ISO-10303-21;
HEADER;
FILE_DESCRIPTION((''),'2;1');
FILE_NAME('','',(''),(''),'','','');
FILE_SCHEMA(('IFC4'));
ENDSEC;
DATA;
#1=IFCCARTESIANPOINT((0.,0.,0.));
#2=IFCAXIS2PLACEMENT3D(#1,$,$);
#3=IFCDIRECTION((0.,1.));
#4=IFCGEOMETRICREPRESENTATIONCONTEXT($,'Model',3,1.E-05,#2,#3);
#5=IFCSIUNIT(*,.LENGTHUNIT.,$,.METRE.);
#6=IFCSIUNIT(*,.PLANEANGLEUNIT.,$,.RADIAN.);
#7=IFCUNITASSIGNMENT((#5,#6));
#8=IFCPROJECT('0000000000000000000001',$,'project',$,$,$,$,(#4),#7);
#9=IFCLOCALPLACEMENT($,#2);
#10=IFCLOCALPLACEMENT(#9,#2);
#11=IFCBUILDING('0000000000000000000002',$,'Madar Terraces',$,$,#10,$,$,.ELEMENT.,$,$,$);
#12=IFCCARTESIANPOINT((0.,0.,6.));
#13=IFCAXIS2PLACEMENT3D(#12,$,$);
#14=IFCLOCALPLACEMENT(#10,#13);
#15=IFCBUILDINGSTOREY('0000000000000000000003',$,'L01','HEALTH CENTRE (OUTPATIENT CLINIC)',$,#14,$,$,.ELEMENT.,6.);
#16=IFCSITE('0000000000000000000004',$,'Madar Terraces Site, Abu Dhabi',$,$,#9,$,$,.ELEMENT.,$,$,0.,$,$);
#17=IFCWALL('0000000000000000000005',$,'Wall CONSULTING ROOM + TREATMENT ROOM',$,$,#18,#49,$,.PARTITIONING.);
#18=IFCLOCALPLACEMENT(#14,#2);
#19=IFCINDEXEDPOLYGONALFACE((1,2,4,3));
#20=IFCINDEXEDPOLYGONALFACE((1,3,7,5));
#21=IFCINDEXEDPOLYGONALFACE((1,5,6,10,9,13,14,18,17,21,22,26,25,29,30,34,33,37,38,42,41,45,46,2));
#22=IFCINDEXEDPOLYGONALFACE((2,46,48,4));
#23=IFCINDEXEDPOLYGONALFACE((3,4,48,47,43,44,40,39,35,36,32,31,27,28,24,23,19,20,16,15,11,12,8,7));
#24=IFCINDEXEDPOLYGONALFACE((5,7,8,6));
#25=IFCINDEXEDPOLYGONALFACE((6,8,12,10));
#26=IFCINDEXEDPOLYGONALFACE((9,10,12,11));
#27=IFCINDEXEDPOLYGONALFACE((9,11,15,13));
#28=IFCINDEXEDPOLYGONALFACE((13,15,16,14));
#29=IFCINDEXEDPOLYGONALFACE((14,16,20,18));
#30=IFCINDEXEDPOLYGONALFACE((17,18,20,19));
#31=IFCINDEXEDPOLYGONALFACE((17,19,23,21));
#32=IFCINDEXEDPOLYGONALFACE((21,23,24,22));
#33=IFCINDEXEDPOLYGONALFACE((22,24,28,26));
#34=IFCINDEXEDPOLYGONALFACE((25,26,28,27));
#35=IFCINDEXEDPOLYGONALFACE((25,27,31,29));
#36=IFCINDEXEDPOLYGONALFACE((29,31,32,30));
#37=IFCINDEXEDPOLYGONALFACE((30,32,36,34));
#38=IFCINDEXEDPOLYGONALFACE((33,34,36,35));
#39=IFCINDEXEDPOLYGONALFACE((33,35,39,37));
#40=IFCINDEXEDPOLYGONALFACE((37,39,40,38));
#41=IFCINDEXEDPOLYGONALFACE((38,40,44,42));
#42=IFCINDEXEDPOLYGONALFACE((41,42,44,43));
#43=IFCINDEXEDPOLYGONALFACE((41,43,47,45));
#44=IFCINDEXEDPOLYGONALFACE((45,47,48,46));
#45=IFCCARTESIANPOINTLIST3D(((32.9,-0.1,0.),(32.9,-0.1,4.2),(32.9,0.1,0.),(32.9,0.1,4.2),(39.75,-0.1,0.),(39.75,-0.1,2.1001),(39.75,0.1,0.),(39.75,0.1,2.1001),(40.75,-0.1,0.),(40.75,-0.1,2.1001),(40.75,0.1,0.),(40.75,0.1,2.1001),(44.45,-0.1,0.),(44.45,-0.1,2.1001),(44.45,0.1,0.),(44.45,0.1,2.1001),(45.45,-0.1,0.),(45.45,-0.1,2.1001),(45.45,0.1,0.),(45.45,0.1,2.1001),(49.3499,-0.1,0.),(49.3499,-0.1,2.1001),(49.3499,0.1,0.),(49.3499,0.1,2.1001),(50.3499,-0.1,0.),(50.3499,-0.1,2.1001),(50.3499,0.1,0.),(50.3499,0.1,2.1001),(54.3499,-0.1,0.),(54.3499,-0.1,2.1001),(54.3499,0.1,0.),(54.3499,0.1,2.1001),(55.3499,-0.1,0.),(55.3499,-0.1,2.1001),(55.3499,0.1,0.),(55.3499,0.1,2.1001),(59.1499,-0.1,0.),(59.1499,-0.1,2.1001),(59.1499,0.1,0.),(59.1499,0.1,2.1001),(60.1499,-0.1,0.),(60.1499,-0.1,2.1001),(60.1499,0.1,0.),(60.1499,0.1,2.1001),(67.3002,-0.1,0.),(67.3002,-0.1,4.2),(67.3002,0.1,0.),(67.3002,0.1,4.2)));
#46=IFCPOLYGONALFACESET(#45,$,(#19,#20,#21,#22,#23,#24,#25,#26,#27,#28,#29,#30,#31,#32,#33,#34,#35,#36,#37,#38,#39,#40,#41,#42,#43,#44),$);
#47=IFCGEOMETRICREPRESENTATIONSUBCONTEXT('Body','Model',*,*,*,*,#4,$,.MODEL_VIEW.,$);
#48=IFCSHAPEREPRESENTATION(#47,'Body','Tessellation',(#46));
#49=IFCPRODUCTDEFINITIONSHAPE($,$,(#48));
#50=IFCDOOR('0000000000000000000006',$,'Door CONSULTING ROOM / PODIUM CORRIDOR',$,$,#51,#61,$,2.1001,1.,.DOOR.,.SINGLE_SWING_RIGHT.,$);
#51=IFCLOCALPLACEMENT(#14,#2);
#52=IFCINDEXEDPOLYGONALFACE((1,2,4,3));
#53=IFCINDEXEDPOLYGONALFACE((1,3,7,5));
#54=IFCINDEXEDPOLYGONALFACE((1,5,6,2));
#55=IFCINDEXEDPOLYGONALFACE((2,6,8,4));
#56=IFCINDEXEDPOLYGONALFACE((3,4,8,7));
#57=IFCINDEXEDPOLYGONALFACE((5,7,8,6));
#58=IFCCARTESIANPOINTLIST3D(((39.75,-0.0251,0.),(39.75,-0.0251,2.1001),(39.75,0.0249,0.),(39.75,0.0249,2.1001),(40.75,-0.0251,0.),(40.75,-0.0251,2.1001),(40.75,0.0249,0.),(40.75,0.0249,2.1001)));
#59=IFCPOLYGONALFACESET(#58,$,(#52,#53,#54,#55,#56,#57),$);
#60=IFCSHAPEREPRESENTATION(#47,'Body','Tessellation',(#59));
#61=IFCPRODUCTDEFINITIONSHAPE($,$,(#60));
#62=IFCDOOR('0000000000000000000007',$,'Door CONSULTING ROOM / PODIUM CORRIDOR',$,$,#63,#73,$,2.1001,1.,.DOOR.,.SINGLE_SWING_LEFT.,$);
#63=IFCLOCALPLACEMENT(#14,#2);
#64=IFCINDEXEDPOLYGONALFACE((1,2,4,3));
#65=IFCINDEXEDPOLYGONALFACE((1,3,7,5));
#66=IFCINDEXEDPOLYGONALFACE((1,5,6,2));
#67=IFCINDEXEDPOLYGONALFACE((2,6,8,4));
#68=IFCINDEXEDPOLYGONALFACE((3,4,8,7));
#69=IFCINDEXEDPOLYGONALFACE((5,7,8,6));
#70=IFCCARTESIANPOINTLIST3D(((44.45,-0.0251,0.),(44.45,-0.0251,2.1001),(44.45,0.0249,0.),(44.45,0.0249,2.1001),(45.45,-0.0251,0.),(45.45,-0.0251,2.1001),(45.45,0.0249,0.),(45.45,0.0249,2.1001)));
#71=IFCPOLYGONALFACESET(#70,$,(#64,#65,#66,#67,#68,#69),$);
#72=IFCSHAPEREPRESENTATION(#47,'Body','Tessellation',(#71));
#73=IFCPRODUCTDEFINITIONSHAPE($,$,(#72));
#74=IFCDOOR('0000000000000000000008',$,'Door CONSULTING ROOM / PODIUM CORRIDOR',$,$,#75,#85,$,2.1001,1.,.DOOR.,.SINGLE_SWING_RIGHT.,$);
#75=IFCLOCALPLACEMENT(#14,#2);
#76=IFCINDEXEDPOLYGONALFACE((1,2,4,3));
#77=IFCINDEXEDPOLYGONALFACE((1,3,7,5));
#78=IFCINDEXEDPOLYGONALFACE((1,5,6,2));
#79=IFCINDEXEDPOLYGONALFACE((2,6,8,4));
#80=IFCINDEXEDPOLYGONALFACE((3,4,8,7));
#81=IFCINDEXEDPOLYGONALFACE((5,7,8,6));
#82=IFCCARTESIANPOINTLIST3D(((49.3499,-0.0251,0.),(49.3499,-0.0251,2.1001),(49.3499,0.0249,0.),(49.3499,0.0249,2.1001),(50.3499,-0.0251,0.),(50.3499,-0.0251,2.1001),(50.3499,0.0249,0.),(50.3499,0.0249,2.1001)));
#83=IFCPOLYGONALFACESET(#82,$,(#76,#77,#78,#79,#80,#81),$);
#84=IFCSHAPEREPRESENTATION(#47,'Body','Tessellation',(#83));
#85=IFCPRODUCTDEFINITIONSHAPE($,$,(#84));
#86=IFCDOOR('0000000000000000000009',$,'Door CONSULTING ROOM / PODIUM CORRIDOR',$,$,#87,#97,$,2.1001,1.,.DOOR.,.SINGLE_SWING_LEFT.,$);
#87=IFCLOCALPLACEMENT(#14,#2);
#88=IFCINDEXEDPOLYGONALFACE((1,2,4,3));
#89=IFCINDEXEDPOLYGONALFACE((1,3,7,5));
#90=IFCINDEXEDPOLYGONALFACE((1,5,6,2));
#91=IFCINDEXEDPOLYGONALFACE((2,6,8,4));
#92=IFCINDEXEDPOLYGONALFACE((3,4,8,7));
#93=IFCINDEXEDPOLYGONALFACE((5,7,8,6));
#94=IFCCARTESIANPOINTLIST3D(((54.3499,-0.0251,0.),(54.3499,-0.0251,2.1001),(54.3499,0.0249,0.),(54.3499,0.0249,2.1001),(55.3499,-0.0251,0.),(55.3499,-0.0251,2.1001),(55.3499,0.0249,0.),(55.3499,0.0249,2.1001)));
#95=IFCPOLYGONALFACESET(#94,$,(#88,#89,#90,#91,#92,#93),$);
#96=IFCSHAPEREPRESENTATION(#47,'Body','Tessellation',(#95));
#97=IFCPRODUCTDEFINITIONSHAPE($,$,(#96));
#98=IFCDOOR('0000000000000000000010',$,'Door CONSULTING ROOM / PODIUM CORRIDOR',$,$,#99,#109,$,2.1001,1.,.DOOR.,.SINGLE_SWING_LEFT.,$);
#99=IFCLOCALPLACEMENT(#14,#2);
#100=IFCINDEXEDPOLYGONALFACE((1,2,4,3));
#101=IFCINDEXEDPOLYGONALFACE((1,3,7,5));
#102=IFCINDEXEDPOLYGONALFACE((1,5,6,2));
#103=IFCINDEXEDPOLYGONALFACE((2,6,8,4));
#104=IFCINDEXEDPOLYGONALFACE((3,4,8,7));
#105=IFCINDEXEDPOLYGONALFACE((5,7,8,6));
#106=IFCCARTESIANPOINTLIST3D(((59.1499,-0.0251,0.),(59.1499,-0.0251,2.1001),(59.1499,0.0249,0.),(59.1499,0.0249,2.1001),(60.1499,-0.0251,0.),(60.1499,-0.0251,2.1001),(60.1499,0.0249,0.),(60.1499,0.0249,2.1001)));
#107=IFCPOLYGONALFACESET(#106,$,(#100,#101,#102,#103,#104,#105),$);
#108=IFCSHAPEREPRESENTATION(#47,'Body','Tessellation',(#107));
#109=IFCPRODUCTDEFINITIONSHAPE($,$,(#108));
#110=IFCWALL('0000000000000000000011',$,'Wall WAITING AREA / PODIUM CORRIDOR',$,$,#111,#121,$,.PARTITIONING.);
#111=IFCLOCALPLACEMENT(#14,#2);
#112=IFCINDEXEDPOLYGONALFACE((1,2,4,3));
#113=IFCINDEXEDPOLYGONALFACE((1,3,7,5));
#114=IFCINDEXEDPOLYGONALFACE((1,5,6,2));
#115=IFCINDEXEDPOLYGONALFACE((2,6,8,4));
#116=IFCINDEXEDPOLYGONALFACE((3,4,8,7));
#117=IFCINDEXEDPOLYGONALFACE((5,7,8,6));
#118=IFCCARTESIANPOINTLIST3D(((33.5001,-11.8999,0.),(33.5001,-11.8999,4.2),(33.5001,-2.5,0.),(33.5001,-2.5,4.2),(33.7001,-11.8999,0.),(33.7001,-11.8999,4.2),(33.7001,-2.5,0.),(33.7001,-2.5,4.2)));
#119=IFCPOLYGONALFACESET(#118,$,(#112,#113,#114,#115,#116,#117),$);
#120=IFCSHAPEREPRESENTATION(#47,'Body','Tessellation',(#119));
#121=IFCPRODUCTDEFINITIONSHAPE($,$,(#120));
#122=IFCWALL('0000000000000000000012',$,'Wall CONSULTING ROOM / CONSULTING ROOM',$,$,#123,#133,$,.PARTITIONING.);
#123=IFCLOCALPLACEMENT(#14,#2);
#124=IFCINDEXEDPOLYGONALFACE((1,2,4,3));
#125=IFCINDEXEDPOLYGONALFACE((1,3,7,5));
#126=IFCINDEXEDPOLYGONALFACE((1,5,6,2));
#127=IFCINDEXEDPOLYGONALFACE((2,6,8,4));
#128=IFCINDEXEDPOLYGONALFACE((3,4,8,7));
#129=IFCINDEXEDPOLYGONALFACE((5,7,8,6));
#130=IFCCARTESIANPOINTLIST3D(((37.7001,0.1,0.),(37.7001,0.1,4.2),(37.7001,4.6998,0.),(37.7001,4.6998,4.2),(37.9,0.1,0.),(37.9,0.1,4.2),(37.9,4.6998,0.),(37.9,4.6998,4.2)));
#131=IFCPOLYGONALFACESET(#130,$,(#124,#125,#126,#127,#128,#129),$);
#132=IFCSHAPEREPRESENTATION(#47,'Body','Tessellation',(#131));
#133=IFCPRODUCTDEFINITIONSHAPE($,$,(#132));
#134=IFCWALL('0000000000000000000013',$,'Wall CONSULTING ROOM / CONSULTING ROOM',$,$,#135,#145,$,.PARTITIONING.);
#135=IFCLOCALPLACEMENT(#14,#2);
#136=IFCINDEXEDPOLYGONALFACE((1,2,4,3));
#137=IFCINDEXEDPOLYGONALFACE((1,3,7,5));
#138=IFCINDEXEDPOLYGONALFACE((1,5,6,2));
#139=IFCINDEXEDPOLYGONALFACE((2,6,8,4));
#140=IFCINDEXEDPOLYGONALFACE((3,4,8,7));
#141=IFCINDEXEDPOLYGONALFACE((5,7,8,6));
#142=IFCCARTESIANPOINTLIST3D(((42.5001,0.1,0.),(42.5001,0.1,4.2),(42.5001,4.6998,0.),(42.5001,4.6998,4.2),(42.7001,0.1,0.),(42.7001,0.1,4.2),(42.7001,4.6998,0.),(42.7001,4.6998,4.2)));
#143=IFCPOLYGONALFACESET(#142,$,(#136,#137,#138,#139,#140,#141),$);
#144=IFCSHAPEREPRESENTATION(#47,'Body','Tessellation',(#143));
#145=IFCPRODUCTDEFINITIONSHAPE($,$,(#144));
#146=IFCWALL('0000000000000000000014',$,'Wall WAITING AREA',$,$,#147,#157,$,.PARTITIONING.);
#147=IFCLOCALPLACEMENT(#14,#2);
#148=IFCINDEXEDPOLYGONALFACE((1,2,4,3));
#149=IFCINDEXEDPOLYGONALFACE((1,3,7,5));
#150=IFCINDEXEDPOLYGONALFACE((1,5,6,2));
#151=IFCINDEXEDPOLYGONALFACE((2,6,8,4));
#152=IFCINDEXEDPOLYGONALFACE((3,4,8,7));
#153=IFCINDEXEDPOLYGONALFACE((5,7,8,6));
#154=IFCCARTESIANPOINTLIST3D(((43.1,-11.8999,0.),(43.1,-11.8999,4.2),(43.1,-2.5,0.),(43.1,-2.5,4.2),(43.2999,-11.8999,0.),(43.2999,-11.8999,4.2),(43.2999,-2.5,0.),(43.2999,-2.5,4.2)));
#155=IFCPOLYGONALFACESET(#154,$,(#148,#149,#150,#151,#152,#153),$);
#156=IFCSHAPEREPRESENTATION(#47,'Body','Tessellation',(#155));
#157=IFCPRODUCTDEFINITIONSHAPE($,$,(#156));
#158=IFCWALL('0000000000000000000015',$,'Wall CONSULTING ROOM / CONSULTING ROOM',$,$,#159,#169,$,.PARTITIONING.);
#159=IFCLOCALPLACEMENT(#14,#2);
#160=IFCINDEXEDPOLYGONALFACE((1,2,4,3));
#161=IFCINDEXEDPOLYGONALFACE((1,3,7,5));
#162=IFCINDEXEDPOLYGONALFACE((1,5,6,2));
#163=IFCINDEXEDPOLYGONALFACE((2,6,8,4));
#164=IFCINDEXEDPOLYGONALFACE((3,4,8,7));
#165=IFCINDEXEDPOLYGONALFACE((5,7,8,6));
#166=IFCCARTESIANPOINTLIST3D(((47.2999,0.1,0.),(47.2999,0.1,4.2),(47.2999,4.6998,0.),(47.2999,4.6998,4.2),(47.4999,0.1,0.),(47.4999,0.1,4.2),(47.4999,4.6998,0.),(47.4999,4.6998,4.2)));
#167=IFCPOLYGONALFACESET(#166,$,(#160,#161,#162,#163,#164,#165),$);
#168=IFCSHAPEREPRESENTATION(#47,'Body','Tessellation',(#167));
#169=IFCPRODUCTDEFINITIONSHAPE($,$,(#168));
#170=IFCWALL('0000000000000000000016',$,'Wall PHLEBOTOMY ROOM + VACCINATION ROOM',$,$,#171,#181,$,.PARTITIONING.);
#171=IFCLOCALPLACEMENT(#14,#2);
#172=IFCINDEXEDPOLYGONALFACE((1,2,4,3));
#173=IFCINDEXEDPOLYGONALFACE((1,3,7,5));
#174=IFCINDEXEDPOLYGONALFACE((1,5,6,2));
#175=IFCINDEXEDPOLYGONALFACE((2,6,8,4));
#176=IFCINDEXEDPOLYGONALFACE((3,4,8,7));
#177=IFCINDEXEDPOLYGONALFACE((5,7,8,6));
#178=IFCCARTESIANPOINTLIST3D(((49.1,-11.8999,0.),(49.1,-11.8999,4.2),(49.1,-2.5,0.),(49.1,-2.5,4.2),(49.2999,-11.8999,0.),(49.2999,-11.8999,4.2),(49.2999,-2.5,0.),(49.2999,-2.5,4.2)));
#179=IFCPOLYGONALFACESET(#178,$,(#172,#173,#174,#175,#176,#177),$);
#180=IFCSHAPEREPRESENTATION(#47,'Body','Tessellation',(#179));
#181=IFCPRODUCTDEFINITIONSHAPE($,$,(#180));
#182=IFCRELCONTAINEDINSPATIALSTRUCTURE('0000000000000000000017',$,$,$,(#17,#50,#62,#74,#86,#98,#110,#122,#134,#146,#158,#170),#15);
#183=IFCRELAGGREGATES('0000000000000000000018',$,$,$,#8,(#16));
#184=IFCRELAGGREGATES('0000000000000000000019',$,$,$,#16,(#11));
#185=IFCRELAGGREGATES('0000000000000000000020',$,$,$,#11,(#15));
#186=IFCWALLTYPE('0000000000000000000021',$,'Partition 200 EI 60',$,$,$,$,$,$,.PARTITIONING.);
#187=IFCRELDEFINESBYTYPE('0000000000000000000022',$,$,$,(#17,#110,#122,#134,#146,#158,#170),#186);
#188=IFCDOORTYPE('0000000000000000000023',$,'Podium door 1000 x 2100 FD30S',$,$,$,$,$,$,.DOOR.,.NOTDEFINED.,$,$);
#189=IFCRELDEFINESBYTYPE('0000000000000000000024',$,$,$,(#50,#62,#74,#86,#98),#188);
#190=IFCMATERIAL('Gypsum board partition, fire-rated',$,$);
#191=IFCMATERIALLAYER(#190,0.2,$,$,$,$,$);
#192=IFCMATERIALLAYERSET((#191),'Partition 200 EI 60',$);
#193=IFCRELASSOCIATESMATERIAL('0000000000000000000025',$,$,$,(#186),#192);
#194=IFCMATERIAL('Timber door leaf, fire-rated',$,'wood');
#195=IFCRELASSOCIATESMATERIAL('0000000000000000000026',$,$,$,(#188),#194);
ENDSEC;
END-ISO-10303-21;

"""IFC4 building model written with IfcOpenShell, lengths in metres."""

from ifc_helpers import new_model, si_unit, direction, frame, frame_2d, origin, place, context, subcontext, project, spatial, rectangle, extrude, material, layer, layer_set, type_object, element, fill, save


model = new_model("IFC4")

# Units and contexts
model_context = context("Model", 3, precision=1e-05, world=origin(), true_north=direction((0.0, 1.0)))
body_context = subcontext(model_context, "Body", "Model", "MODEL_VIEW")
ifc_project = project(units=[si_unit("LENGTHUNIT", "METRE"), si_unit("PLANEANGLEUNIT", "RADIAN")], contexts=[model_context])

# Site, building, storey
site_placement = place(None, origin())
site = spatial("IfcSite", under=ifc_project, at=site_placement, Name="Madar Terraces Site, Abu Dhabi", CompositionType="ELEMENT", RefElevation=0.0)
building_placement = place(site_placement, origin())
building = spatial("IfcBuilding", under=site, at=building_placement, Name="Madar Terraces", CompositionType="ELEMENT")
storey_placement = place(building_placement, frame((0.0, 0.0, 6.0)))
storey = spatial("IfcBuildingStorey", under=building, at=storey_placement, Name="L01", Description="HEALTH CENTRE (OUTPATIENT CLINIC)", CompositionType="ELEMENT", Elevation=6.0)

# Shared definitions
ifc_material_1 = material(Name="Gypsum board partition, fire-rated")
ifc_layer = layer(ifc_material_1, 0.2)
ifc_layer_set = layer_set([ifc_layer], Name="Partition 200 EI 60")
wall_type = type_object("IfcWallType", Name="Partition 200 EI 60", PredefinedType="PARTITIONING", material=ifc_layer_set)
ifc_material_2 = material(Name="Timber door leaf, fire-rated", Category="wood")
door_type = type_object("IfcDoorType", Name="Podium door 1000 x 2100 FD30S", OperationType="NOTDEFINED", PredefinedType="DOOR", material=ifc_material_2)

# Wall, openings, doors
wall_1_placement = place(storey_placement, frame((32.8999, 0.0, 0.0), z_axis=(0.0, 0.0, 1.0), x_axis=(1.0, 0.0, 0.0)))
wall_1 = element("IfcWall", 1, at=wall_1_placement, inside=storey, type_object=wall_type, Name="Wall CONSULTING ROOM + TREATMENT ROOM", PredefinedType="PARTITIONING", context=body_context, shape_type="SweptSolid", body=[
    extrude(rectangle(XDim=34.4001, YDim=0.2, at=frame_2d((17.2002, 0.0))), origin(), (0.0, 0.0, 1.0), 4.2),
])
opening_1_placement = place(wall_1_placement, frame((6.8501, 0.0, 0.0)))
opening_1 = element("IfcOpeningElement", 2, at=opening_1_placement, cuts=wall_1, PredefinedType="OPENING", context=body_context, shape_type="SweptSolid", body=[
    extrude(rectangle(XDim=1.0, YDim=2.1001, at=frame_2d((0.5, 1.05))), frame((0.0, 0.1099, 0.0), z_axis=(0.0, -1.0, 0.0), x_axis=(1.0, 0.0, 0.0)), (0.0, 0.0, 1.0), 0.22),
])
opening_2_placement = place(wall_1_placement, frame((11.55, 0.0, 0.0)))
opening_2 = element("IfcOpeningElement", 3, at=opening_2_placement, cuts=wall_1, PredefinedType="OPENING", context=body_context, shape_type="SweptSolid", body=[
    extrude(rectangle(XDim=1.0, YDim=2.1001, at=frame_2d((0.5, 1.05))), frame((0.0, 0.1099, 0.0), z_axis=(0.0, -1.0, 0.0), x_axis=(1.0, 0.0, 0.0)), (0.0, 0.0, 1.0), 0.22),
])
opening_3_placement = place(wall_1_placement, frame((16.45, 0.0, 0.0)))
opening_3 = element("IfcOpeningElement", 4, at=opening_3_placement, cuts=wall_1, PredefinedType="OPENING", context=body_context, shape_type="SweptSolid", body=[
    extrude(rectangle(XDim=1.0, YDim=2.1001, at=frame_2d((0.5, 1.05))), frame((0.0, 0.1099, 0.0), z_axis=(0.0, -1.0, 0.0), x_axis=(1.0, 0.0, 0.0)), (0.0, 0.0, 1.0), 0.22),
])
opening_4_placement = place(wall_1_placement, frame((21.45, 0.0, 0.0)))
opening_4 = element("IfcOpeningElement", 5, at=opening_4_placement, cuts=wall_1, PredefinedType="OPENING", context=body_context, shape_type="SweptSolid", body=[
    extrude(rectangle(XDim=1.0, YDim=2.1001, at=frame_2d((0.5, 1.05))), frame((0.0, 0.1099, 0.0), z_axis=(0.0, -1.0, 0.0), x_axis=(1.0, 0.0, 0.0)), (0.0, 0.0, 1.0), 0.22),
])
opening_5_placement = place(wall_1_placement, frame((26.25, 0.0, 0.0)))
opening_5 = element("IfcOpeningElement", 6, at=opening_5_placement, cuts=wall_1, PredefinedType="OPENING", context=body_context, shape_type="SweptSolid", body=[
    extrude(rectangle(XDim=1.0, YDim=2.1001, at=frame_2d((0.5, 1.05))), frame((0.0, 0.1099, 0.0), z_axis=(0.0, -1.0, 0.0), x_axis=(1.0, 0.0, 0.0)), (0.0, 0.0, 1.0), 0.22),
])
door_1_placement = place(opening_1_placement, origin())
door_1 = element("IfcDoor", 7, at=door_1_placement, inside=storey, type_object=door_type, Name="Door CONSULTING ROOM / PODIUM CORRIDOR", OperationType="SINGLE_SWING_RIGHT", OverallHeight=2.1001, OverallWidth=1.0, PredefinedType="DOOR", context=body_context, shape_type="SweptSolid", body=[
    extrude(rectangle(XDim=1.0, YDim=2.1001, at=frame_2d((0.5, 1.05))), frame((0.0, 0.0249, 0.0), z_axis=(0.0, -1.0, 0.0), x_axis=(1.0, 0.0, 0.0)), (0.0, 0.0, 1.0), 0.05),
])
fill(opening_1, door_1)
door_2_placement = place(opening_2_placement, origin())
door_2 = element("IfcDoor", 8, at=door_2_placement, inside=storey, type_object=door_type, Name="Door CONSULTING ROOM / PODIUM CORRIDOR", OperationType="SINGLE_SWING_LEFT", OverallHeight=2.1001, OverallWidth=1.0, PredefinedType="DOOR", context=body_context, shape_type="SweptSolid", body=[
    extrude(rectangle(XDim=1.0, YDim=2.1001, at=frame_2d((0.5, 1.05))), frame((0.0, 0.0249, 0.0), z_axis=(0.0, -1.0, 0.0), x_axis=(1.0, 0.0, 0.0)), (0.0, 0.0, 1.0), 0.05),
])
fill(opening_2, door_2)
door_3_placement = place(opening_3_placement, origin())
door_3 = element("IfcDoor", 9, at=door_3_placement, inside=storey, type_object=door_type, Name="Door CONSULTING ROOM / PODIUM CORRIDOR", OperationType="SINGLE_SWING_RIGHT", OverallHeight=2.1001, OverallWidth=1.0, PredefinedType="DOOR", context=body_context, shape_type="SweptSolid", body=[
    extrude(rectangle(XDim=1.0, YDim=2.1001, at=frame_2d((0.5, 1.05))), frame((0.0, 0.0249, 0.0), z_axis=(0.0, -1.0, 0.0), x_axis=(1.0, 0.0, 0.0)), (0.0, 0.0, 1.0), 0.05),
])
fill(opening_3, door_3)
door_4_placement = place(opening_4_placement, origin())
door_4 = element("IfcDoor", 10, at=door_4_placement, inside=storey, type_object=door_type, Name="Door CONSULTING ROOM / PODIUM CORRIDOR", OperationType="SINGLE_SWING_LEFT", OverallHeight=2.1001, OverallWidth=1.0, PredefinedType="DOOR", context=body_context, shape_type="SweptSolid", body=[
    extrude(rectangle(XDim=1.0, YDim=2.1001, at=frame_2d((0.5, 1.05))), frame((0.0, 0.0249, 0.0), z_axis=(0.0, -1.0, 0.0), x_axis=(1.0, 0.0, 0.0)), (0.0, 0.0, 1.0), 0.05),
])
fill(opening_4, door_4)
door_5_placement = place(opening_5_placement, origin())
door_5 = element("IfcDoor", 11, at=door_5_placement, inside=storey, type_object=door_type, Name="Door CONSULTING ROOM / PODIUM CORRIDOR", OperationType="SINGLE_SWING_LEFT", OverallHeight=2.1001, OverallWidth=1.0, PredefinedType="DOOR", context=body_context, shape_type="SweptSolid", body=[
    extrude(rectangle(XDim=1.0, YDim=2.1001, at=frame_2d((0.5, 1.05))), frame((0.0, 0.0249, 0.0), z_axis=(0.0, -1.0, 0.0), x_axis=(1.0, 0.0, 0.0)), (0.0, 0.0, 1.0), 0.05),
])
fill(opening_5, door_5)

# Walls
wall_2_placement = place(storey_placement, frame((33.6001, -11.8999, 0.0), z_axis=(0.0, 0.0, 1.0), x_axis=(0.0, 1.0, 0.0)))
element("IfcWall", 12, at=wall_2_placement, inside=storey, type_object=wall_type, Name="Wall WAITING AREA / PODIUM CORRIDOR", PredefinedType="PARTITIONING", context=body_context, shape_type="SweptSolid", body=[
    extrude(rectangle(XDim=9.3999, YDim=0.2, at=frame_2d((4.7, 0.0))), origin(), (0.0, 0.0, 1.0), 4.2),
])
for number, where, z_axis, x_axis, name in (
    (13, (37.8, 0.1001, 0.0), (0.0, 0.0, 1.0), (0.0, 1.0, 0.0), "Wall CONSULTING ROOM / CONSULTING ROOM"),
    (14, (42.6001, 0.1001, 0.0), (0.0, 0.0, 1.0), (0.0, 1.0, 0.0), "Wall CONSULTING ROOM / CONSULTING ROOM"),
):
    element("IfcWall", number, at=place(storey_placement, frame(where, z_axis=z_axis, x_axis=x_axis)), inside=storey, type_object=wall_type, Name=name, PredefinedType="PARTITIONING", context=body_context, shape_type="SweptSolid", body=[
        extrude(rectangle(XDim=4.5999, YDim=0.2, at=frame_2d((2.2998, 0.0))), origin(), (0.0, 0.0, 1.0), 4.2),
    ])
wall_3_placement = place(storey_placement, frame((43.2, -11.8999, 0.0), z_axis=(0.0, 0.0, 1.0), x_axis=(0.0, 1.0, 0.0)))
element("IfcWall", 15, at=wall_3_placement, inside=storey, type_object=wall_type, Name="Wall WAITING AREA", PredefinedType="PARTITIONING", context=body_context, shape_type="SweptSolid", body=[
    extrude(rectangle(XDim=9.3999, YDim=0.2, at=frame_2d((4.7, 0.0))), origin(), (0.0, 0.0, 1.0), 4.2),
])
wall_4_placement = place(storey_placement, frame((47.3999, 0.1001, 0.0), z_axis=(0.0, 0.0, 1.0), x_axis=(0.0, 1.0, 0.0)))
element("IfcWall", 16, at=wall_4_placement, inside=storey, type_object=wall_type, Name="Wall CONSULTING ROOM / CONSULTING ROOM", PredefinedType="PARTITIONING", context=body_context, shape_type="SweptSolid", body=[
    extrude(rectangle(XDim=4.5999, YDim=0.2, at=frame_2d((2.2998, 0.0))), origin(), (0.0, 0.0, 1.0), 4.2),
])
wall_5_placement = place(storey_placement, frame((49.2, -11.8999, 0.0), z_axis=(0.0, 0.0, 1.0), x_axis=(0.0, 1.0, 0.0)))
element("IfcWall", 17, at=wall_5_placement, inside=storey, type_object=wall_type, Name="Wall PHLEBOTOMY ROOM + VACCINATION ROOM", PredefinedType="PARTITIONING", context=body_context, shape_type="SweptSolid", body=[
    extrude(rectangle(XDim=9.3999, YDim=0.2, at=frame_2d((4.7, 0.0))), origin(), (0.0, 0.0, 1.0), 4.2),
])

save(model, "model.ifc")
